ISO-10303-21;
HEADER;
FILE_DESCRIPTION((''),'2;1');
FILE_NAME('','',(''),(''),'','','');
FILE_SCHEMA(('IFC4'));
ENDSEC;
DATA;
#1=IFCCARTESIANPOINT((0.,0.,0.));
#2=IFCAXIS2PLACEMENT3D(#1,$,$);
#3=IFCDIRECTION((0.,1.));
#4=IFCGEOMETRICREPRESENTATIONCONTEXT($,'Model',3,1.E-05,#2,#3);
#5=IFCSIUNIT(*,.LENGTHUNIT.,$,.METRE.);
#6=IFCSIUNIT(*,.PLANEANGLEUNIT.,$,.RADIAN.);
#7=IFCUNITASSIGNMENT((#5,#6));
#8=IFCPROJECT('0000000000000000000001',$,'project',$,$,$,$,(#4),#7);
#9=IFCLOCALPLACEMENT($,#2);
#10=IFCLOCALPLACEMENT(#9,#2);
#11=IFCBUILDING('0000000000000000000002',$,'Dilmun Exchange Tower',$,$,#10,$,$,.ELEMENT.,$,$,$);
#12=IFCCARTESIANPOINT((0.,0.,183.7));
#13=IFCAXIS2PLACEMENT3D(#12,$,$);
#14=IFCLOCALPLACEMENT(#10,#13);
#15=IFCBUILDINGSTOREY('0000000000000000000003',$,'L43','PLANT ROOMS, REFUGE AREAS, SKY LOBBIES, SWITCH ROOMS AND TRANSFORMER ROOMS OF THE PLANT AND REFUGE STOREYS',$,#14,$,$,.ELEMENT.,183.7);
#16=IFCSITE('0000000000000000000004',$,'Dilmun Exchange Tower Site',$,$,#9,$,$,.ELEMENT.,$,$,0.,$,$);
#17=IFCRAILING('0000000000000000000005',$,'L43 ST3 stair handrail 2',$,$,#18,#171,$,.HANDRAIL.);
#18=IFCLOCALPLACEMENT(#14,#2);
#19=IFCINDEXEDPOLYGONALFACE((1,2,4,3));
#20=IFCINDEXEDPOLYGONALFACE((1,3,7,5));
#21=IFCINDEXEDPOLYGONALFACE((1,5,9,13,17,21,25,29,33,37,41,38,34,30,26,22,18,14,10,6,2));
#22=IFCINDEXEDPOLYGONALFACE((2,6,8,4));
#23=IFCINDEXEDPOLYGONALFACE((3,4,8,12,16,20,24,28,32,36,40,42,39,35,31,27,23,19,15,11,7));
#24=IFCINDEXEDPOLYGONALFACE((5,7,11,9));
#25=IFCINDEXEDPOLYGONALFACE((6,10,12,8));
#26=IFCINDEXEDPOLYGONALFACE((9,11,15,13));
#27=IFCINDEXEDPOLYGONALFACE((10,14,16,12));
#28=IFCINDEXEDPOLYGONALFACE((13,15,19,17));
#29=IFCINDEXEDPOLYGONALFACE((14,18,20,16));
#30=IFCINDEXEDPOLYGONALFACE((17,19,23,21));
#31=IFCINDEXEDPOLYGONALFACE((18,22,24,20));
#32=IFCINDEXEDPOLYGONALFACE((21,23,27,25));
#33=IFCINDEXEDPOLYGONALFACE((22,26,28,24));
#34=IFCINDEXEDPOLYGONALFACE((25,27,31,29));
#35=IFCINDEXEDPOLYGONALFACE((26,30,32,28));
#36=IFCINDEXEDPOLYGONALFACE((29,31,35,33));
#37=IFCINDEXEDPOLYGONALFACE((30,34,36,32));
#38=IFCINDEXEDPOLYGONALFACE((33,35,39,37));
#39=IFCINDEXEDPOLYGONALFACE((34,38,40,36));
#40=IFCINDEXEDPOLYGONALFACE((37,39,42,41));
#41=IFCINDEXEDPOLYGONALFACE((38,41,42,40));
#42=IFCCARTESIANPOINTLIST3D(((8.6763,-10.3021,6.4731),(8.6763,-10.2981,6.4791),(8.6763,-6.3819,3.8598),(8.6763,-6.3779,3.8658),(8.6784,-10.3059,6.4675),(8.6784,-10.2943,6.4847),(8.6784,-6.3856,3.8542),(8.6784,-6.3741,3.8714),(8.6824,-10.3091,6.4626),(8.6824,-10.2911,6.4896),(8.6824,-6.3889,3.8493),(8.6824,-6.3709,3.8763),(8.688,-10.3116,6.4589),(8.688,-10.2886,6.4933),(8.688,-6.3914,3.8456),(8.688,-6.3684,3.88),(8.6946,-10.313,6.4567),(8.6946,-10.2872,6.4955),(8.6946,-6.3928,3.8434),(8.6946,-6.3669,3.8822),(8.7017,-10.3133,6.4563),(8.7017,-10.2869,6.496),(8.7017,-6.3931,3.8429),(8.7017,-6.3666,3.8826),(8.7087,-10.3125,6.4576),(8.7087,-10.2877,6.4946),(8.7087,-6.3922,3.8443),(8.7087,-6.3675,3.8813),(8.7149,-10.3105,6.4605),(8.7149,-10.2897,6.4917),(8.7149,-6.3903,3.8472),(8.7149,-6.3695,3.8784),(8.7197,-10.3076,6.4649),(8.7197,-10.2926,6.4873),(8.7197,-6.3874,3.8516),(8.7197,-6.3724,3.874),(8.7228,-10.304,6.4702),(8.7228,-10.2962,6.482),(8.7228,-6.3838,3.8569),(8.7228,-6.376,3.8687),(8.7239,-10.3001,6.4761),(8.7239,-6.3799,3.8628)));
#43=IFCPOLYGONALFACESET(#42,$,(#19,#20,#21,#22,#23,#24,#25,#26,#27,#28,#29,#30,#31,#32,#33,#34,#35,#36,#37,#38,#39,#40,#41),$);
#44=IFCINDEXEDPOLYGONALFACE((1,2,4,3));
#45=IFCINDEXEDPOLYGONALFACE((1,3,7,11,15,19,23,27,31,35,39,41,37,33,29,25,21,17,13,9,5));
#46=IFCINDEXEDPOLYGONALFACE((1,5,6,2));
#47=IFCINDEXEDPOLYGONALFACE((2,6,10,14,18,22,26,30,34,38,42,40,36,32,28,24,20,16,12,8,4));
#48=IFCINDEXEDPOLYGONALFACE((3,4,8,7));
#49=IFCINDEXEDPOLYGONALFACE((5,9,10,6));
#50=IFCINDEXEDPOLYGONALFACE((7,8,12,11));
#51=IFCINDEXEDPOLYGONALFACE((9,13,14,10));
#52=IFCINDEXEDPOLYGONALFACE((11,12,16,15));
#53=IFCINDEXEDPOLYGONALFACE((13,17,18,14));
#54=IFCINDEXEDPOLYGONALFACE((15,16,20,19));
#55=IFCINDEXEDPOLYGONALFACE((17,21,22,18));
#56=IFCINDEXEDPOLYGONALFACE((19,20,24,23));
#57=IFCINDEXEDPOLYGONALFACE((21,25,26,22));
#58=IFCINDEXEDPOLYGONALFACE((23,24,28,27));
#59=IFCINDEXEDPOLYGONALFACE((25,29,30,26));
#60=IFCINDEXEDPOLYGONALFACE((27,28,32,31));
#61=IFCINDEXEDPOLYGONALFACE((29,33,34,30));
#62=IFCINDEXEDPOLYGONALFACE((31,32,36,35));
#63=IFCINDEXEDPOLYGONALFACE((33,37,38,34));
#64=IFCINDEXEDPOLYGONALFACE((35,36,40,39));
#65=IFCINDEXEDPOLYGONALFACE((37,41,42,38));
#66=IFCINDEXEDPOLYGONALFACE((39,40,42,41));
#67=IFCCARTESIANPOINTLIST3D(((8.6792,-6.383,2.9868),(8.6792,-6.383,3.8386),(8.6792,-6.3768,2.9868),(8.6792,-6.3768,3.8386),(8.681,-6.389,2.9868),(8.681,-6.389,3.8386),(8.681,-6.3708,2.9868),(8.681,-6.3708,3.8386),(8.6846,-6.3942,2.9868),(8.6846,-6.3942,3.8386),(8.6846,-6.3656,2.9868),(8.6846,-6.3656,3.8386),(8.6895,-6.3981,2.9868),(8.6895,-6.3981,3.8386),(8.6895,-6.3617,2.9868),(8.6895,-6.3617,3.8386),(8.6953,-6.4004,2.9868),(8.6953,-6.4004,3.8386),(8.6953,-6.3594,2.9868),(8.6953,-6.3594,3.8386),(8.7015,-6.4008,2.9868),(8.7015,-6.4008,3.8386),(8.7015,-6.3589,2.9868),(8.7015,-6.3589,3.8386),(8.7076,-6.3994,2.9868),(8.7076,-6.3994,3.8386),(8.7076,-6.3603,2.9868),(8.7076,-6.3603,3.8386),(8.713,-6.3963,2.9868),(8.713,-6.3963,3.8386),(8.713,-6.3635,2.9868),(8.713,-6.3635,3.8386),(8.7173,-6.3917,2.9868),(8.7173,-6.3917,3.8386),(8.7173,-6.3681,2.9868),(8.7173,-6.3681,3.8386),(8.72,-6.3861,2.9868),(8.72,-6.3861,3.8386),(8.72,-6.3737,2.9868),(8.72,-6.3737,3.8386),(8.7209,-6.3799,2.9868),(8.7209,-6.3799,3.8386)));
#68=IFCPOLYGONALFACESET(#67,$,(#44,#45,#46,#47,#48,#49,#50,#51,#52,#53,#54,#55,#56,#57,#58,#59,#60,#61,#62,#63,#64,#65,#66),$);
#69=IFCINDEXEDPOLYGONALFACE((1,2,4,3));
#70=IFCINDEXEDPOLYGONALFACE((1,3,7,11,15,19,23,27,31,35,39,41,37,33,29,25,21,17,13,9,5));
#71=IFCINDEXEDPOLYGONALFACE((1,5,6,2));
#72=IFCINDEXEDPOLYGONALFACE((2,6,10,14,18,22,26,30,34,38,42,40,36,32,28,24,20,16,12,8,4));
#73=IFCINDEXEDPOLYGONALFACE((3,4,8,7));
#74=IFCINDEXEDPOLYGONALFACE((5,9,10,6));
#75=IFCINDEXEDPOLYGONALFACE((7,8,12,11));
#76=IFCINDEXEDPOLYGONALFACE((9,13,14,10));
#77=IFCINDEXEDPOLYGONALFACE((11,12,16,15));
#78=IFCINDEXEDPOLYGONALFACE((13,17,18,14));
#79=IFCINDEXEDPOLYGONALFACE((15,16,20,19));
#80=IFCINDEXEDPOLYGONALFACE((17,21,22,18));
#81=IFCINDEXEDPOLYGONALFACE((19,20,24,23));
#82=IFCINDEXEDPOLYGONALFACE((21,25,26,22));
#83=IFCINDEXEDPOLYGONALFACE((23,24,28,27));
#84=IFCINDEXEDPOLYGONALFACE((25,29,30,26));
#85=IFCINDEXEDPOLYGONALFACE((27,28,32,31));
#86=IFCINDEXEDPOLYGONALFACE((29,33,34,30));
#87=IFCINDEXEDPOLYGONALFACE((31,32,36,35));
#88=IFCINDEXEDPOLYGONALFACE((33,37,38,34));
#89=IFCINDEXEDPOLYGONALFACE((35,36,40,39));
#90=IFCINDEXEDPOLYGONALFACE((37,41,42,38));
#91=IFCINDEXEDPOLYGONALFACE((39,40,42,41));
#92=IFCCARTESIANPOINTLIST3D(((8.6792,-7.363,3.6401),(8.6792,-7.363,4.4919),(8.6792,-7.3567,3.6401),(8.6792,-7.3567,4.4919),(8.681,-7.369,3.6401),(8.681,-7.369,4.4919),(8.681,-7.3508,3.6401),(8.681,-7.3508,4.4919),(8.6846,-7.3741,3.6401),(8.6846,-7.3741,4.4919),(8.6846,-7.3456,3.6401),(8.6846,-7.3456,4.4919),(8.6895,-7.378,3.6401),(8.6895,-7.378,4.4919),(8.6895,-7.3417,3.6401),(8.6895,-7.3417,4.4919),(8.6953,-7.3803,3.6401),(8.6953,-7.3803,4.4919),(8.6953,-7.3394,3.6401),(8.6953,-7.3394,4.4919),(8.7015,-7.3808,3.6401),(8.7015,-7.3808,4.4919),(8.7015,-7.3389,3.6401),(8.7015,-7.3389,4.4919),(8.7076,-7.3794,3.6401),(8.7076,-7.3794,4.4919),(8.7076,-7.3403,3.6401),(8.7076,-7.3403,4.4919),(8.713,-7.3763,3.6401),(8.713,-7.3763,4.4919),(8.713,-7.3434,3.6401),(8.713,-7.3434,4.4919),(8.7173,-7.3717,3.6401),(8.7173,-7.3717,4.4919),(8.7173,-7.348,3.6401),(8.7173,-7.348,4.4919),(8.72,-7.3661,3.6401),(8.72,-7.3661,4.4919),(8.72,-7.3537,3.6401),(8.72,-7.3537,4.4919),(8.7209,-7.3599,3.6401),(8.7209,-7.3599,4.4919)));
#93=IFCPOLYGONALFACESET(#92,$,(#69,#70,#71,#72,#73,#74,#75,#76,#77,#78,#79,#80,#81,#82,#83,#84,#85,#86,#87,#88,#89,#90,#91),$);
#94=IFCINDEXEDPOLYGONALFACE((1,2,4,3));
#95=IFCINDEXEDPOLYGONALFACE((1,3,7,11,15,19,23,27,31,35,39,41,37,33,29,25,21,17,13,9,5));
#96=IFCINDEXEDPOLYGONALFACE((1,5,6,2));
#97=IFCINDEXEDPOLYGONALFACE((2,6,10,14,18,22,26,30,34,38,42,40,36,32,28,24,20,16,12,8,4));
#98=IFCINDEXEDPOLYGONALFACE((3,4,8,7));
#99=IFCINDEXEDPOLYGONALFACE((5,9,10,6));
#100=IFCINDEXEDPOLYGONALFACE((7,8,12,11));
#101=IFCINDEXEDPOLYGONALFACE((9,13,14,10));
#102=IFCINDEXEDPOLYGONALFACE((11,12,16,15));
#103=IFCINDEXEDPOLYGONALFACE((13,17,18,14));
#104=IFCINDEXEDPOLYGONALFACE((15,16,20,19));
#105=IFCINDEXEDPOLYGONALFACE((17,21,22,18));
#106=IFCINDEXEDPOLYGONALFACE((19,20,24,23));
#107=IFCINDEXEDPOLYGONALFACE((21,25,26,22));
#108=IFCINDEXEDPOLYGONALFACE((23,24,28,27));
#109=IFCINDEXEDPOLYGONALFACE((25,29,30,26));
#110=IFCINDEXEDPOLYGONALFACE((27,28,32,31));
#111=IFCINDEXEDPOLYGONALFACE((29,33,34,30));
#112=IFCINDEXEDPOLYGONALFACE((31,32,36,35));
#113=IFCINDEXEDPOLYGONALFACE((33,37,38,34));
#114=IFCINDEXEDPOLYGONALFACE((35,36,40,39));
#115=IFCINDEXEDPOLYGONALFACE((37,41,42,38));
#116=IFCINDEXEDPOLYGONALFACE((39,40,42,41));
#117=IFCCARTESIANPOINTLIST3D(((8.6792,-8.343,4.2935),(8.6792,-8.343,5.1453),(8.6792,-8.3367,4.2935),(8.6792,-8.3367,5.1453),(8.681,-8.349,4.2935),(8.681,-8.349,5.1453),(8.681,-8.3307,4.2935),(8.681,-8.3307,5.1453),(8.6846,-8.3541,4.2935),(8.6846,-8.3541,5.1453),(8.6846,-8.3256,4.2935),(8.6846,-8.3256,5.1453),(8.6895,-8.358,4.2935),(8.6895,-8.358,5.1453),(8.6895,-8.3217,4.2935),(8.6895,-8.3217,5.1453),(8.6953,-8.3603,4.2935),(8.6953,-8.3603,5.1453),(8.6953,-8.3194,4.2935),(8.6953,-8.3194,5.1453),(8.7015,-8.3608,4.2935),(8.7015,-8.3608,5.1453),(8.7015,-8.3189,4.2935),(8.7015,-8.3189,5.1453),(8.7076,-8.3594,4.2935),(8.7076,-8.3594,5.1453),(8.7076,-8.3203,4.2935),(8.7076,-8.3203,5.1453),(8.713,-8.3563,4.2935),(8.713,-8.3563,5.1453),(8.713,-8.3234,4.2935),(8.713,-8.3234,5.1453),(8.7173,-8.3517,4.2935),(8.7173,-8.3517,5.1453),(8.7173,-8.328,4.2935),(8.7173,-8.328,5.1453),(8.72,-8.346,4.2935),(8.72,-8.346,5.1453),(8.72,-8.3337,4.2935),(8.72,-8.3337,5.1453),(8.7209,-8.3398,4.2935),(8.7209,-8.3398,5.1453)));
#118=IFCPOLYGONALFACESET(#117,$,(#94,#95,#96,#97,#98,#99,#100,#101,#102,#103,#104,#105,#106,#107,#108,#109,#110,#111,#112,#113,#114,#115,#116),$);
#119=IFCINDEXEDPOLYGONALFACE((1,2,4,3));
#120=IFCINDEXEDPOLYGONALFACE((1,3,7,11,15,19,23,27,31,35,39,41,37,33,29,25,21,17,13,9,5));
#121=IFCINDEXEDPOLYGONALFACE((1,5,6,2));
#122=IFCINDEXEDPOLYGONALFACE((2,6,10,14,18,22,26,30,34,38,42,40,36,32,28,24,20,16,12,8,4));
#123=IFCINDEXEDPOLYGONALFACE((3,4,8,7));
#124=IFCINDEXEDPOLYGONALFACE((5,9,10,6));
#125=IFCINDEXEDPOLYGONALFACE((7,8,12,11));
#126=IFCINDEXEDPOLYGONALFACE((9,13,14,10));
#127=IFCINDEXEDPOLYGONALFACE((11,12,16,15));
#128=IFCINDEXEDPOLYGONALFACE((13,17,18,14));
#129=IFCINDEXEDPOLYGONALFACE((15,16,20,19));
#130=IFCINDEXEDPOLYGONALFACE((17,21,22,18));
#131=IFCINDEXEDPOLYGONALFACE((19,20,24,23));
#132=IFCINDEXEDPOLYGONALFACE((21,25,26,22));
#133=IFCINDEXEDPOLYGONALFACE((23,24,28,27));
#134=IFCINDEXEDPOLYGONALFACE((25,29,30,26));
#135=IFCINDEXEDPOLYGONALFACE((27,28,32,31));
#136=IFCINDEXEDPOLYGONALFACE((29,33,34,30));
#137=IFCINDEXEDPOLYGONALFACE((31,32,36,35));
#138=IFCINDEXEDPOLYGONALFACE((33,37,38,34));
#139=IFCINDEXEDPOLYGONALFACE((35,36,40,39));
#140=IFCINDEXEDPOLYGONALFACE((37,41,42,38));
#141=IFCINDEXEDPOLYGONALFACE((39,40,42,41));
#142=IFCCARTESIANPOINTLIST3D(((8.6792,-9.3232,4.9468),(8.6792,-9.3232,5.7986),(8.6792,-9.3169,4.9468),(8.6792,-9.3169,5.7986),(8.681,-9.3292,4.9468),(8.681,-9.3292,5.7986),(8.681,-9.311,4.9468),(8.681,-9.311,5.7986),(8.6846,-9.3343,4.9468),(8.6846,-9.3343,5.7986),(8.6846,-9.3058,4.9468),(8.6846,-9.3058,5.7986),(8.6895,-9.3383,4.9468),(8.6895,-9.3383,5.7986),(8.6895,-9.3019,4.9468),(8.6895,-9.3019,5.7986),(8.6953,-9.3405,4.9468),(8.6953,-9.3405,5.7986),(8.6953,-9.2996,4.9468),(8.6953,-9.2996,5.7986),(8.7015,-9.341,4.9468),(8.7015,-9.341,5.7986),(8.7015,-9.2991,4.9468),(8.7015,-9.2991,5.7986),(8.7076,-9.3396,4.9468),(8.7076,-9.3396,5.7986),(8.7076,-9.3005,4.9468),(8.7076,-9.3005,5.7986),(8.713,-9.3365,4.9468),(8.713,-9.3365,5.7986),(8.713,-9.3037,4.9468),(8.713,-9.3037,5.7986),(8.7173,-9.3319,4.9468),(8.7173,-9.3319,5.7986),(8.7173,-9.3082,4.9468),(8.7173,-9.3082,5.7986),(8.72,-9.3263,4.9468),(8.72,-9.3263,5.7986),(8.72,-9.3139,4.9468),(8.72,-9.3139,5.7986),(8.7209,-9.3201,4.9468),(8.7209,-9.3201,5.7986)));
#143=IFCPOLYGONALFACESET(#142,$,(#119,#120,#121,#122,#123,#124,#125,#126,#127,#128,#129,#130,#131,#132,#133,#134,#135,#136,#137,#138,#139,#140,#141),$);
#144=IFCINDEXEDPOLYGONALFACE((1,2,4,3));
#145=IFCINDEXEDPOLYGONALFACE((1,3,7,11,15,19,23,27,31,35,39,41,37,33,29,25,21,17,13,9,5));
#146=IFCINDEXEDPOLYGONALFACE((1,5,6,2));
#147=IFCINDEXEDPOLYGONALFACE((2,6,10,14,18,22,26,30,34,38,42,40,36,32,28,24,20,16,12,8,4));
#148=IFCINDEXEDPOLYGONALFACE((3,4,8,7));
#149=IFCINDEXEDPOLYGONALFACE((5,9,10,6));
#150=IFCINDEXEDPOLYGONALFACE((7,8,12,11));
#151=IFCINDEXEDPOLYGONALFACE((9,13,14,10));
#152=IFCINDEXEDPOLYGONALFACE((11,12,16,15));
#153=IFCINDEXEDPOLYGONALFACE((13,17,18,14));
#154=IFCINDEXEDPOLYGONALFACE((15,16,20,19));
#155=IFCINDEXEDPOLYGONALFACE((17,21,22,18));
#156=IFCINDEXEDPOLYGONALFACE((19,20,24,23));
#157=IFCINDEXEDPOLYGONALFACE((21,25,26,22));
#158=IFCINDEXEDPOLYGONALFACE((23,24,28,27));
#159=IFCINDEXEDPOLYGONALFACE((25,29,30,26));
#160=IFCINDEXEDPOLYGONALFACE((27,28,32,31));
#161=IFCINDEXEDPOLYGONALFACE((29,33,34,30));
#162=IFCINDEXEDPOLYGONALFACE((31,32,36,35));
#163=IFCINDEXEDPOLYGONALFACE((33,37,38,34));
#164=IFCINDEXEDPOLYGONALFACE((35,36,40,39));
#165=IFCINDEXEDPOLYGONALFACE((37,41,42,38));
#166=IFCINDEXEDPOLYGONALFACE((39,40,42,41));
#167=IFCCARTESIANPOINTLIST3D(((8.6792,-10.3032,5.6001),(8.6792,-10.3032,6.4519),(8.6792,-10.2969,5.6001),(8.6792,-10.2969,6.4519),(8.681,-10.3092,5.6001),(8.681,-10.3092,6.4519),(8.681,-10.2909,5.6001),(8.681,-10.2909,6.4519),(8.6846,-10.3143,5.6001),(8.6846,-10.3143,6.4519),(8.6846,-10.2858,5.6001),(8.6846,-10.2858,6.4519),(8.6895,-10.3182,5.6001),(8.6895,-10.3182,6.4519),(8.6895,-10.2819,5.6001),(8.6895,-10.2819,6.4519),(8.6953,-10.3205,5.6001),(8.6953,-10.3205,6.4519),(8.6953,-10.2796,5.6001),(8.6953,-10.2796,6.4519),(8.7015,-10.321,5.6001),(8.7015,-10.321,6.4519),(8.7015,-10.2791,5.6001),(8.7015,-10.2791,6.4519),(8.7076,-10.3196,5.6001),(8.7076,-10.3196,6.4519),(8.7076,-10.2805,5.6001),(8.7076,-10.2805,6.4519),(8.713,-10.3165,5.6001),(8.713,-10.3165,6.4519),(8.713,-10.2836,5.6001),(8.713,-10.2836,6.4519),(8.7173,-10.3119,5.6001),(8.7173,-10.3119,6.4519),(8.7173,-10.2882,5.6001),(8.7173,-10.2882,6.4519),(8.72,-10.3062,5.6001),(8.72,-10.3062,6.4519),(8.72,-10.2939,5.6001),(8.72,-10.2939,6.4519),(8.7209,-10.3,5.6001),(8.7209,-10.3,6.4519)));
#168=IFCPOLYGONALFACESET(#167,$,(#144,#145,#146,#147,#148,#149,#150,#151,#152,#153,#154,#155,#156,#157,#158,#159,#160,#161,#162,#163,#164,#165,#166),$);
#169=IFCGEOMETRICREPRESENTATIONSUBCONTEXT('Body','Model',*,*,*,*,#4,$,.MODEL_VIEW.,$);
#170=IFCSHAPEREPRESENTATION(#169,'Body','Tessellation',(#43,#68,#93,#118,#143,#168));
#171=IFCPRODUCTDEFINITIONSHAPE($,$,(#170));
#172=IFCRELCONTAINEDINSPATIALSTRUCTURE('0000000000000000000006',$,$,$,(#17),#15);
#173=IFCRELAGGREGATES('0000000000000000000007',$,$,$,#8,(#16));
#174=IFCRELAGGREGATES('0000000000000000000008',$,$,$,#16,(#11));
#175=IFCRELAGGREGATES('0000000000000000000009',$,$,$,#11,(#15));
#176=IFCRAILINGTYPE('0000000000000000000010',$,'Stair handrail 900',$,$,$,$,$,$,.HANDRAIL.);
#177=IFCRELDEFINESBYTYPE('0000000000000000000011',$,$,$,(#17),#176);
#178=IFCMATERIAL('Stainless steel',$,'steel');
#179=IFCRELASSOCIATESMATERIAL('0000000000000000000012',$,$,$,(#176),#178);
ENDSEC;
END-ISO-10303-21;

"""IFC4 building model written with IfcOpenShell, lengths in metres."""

from ifc_helpers import new_model, si_unit, direction, frame, origin, origin_2d, place, context, subcontext, project, spatial, circle, extrude, material, type_object, element, save


model = new_model("IFC4")

# Units and contexts
model_context = context("Model", 3, precision=1e-05, world=origin(), true_north=direction((0.0, 1.0)))
body_context = subcontext(model_context, "Body", "Model", "MODEL_VIEW")
ifc_project = project(units=[si_unit("LENGTHUNIT", "METRE"), si_unit("PLANEANGLEUNIT", "RADIAN")], contexts=[model_context])

# Site, building, storey
site_placement = place(None, origin())
site = spatial("IfcSite", under=ifc_project, at=site_placement, Name="Dilmun Exchange Tower Site", CompositionType="ELEMENT", RefElevation=0.0)
building_placement = place(site_placement, origin())
building = spatial("IfcBuilding", under=site, at=building_placement, Name="Dilmun Exchange Tower", CompositionType="ELEMENT")
storey_placement = place(building_placement, frame((0.0, 0.0, 183.7)))
storey = spatial("IfcBuildingStorey", under=building, at=storey_placement, Name="L43", Description="PLANT ROOMS, REFUGE AREAS, SKY LOBBIES, SWITCH ROOMS AND TRANSFORMER ROOMS OF THE PLANT AND REFUGE STOREYS", CompositionType="ELEMENT", Elevation=183.7)

# Railing
ifc_material_1 = material(Name="Stainless steel", Category="steel")
railing_type = type_object("IfcRailingType", Name="Stair handrail 900", PredefinedType="HANDRAIL", material=ifc_material_1)
railing_placement = place(storey_placement, frame((8.7, -6.3799, 2.9868)))
element("IfcRailing", 1, at=railing_placement, inside=storey, type_object=railing_type, Name="L43 ST3 stair handrail 2", PredefinedType="HANDRAIL", context=body_context, shape_type="SweptSolid", body=[
    extrude(circle(Radius=0.0239, at=origin_2d()), frame((0.0, 0.0, 0.876), z_axis=(0.0, -0.832066, 0.554676), x_axis=(1.0, 0.0, 0.0)), (0.0, 0.0, 1.0), 4.7114),
    extrude(circle(Radius=0.021, at=origin_2d()), origin(), (0.0, 0.0, 1.0), 0.8518),
    extrude(circle(Radius=0.021, at=origin_2d()), frame((0.0, -0.98, 0.6533)), (0.0, 0.0, 1.0), 0.8518),
    extrude(circle(Radius=0.021, at=origin_2d()), frame((0.0, -1.96, 1.3066)), (0.0, 0.0, 1.0), 0.8518),
    extrude(circle(Radius=0.021, at=origin_2d()), frame((0.0, -2.9402, 1.96)), (0.0, 0.0, 1.0), 0.8518),
    extrude(circle(Radius=0.021, at=origin_2d()), frame((0.0, -3.9202, 2.6133)), (0.0, 0.0, 1.0), 0.8518),
])

save(model, "model.ifc")
